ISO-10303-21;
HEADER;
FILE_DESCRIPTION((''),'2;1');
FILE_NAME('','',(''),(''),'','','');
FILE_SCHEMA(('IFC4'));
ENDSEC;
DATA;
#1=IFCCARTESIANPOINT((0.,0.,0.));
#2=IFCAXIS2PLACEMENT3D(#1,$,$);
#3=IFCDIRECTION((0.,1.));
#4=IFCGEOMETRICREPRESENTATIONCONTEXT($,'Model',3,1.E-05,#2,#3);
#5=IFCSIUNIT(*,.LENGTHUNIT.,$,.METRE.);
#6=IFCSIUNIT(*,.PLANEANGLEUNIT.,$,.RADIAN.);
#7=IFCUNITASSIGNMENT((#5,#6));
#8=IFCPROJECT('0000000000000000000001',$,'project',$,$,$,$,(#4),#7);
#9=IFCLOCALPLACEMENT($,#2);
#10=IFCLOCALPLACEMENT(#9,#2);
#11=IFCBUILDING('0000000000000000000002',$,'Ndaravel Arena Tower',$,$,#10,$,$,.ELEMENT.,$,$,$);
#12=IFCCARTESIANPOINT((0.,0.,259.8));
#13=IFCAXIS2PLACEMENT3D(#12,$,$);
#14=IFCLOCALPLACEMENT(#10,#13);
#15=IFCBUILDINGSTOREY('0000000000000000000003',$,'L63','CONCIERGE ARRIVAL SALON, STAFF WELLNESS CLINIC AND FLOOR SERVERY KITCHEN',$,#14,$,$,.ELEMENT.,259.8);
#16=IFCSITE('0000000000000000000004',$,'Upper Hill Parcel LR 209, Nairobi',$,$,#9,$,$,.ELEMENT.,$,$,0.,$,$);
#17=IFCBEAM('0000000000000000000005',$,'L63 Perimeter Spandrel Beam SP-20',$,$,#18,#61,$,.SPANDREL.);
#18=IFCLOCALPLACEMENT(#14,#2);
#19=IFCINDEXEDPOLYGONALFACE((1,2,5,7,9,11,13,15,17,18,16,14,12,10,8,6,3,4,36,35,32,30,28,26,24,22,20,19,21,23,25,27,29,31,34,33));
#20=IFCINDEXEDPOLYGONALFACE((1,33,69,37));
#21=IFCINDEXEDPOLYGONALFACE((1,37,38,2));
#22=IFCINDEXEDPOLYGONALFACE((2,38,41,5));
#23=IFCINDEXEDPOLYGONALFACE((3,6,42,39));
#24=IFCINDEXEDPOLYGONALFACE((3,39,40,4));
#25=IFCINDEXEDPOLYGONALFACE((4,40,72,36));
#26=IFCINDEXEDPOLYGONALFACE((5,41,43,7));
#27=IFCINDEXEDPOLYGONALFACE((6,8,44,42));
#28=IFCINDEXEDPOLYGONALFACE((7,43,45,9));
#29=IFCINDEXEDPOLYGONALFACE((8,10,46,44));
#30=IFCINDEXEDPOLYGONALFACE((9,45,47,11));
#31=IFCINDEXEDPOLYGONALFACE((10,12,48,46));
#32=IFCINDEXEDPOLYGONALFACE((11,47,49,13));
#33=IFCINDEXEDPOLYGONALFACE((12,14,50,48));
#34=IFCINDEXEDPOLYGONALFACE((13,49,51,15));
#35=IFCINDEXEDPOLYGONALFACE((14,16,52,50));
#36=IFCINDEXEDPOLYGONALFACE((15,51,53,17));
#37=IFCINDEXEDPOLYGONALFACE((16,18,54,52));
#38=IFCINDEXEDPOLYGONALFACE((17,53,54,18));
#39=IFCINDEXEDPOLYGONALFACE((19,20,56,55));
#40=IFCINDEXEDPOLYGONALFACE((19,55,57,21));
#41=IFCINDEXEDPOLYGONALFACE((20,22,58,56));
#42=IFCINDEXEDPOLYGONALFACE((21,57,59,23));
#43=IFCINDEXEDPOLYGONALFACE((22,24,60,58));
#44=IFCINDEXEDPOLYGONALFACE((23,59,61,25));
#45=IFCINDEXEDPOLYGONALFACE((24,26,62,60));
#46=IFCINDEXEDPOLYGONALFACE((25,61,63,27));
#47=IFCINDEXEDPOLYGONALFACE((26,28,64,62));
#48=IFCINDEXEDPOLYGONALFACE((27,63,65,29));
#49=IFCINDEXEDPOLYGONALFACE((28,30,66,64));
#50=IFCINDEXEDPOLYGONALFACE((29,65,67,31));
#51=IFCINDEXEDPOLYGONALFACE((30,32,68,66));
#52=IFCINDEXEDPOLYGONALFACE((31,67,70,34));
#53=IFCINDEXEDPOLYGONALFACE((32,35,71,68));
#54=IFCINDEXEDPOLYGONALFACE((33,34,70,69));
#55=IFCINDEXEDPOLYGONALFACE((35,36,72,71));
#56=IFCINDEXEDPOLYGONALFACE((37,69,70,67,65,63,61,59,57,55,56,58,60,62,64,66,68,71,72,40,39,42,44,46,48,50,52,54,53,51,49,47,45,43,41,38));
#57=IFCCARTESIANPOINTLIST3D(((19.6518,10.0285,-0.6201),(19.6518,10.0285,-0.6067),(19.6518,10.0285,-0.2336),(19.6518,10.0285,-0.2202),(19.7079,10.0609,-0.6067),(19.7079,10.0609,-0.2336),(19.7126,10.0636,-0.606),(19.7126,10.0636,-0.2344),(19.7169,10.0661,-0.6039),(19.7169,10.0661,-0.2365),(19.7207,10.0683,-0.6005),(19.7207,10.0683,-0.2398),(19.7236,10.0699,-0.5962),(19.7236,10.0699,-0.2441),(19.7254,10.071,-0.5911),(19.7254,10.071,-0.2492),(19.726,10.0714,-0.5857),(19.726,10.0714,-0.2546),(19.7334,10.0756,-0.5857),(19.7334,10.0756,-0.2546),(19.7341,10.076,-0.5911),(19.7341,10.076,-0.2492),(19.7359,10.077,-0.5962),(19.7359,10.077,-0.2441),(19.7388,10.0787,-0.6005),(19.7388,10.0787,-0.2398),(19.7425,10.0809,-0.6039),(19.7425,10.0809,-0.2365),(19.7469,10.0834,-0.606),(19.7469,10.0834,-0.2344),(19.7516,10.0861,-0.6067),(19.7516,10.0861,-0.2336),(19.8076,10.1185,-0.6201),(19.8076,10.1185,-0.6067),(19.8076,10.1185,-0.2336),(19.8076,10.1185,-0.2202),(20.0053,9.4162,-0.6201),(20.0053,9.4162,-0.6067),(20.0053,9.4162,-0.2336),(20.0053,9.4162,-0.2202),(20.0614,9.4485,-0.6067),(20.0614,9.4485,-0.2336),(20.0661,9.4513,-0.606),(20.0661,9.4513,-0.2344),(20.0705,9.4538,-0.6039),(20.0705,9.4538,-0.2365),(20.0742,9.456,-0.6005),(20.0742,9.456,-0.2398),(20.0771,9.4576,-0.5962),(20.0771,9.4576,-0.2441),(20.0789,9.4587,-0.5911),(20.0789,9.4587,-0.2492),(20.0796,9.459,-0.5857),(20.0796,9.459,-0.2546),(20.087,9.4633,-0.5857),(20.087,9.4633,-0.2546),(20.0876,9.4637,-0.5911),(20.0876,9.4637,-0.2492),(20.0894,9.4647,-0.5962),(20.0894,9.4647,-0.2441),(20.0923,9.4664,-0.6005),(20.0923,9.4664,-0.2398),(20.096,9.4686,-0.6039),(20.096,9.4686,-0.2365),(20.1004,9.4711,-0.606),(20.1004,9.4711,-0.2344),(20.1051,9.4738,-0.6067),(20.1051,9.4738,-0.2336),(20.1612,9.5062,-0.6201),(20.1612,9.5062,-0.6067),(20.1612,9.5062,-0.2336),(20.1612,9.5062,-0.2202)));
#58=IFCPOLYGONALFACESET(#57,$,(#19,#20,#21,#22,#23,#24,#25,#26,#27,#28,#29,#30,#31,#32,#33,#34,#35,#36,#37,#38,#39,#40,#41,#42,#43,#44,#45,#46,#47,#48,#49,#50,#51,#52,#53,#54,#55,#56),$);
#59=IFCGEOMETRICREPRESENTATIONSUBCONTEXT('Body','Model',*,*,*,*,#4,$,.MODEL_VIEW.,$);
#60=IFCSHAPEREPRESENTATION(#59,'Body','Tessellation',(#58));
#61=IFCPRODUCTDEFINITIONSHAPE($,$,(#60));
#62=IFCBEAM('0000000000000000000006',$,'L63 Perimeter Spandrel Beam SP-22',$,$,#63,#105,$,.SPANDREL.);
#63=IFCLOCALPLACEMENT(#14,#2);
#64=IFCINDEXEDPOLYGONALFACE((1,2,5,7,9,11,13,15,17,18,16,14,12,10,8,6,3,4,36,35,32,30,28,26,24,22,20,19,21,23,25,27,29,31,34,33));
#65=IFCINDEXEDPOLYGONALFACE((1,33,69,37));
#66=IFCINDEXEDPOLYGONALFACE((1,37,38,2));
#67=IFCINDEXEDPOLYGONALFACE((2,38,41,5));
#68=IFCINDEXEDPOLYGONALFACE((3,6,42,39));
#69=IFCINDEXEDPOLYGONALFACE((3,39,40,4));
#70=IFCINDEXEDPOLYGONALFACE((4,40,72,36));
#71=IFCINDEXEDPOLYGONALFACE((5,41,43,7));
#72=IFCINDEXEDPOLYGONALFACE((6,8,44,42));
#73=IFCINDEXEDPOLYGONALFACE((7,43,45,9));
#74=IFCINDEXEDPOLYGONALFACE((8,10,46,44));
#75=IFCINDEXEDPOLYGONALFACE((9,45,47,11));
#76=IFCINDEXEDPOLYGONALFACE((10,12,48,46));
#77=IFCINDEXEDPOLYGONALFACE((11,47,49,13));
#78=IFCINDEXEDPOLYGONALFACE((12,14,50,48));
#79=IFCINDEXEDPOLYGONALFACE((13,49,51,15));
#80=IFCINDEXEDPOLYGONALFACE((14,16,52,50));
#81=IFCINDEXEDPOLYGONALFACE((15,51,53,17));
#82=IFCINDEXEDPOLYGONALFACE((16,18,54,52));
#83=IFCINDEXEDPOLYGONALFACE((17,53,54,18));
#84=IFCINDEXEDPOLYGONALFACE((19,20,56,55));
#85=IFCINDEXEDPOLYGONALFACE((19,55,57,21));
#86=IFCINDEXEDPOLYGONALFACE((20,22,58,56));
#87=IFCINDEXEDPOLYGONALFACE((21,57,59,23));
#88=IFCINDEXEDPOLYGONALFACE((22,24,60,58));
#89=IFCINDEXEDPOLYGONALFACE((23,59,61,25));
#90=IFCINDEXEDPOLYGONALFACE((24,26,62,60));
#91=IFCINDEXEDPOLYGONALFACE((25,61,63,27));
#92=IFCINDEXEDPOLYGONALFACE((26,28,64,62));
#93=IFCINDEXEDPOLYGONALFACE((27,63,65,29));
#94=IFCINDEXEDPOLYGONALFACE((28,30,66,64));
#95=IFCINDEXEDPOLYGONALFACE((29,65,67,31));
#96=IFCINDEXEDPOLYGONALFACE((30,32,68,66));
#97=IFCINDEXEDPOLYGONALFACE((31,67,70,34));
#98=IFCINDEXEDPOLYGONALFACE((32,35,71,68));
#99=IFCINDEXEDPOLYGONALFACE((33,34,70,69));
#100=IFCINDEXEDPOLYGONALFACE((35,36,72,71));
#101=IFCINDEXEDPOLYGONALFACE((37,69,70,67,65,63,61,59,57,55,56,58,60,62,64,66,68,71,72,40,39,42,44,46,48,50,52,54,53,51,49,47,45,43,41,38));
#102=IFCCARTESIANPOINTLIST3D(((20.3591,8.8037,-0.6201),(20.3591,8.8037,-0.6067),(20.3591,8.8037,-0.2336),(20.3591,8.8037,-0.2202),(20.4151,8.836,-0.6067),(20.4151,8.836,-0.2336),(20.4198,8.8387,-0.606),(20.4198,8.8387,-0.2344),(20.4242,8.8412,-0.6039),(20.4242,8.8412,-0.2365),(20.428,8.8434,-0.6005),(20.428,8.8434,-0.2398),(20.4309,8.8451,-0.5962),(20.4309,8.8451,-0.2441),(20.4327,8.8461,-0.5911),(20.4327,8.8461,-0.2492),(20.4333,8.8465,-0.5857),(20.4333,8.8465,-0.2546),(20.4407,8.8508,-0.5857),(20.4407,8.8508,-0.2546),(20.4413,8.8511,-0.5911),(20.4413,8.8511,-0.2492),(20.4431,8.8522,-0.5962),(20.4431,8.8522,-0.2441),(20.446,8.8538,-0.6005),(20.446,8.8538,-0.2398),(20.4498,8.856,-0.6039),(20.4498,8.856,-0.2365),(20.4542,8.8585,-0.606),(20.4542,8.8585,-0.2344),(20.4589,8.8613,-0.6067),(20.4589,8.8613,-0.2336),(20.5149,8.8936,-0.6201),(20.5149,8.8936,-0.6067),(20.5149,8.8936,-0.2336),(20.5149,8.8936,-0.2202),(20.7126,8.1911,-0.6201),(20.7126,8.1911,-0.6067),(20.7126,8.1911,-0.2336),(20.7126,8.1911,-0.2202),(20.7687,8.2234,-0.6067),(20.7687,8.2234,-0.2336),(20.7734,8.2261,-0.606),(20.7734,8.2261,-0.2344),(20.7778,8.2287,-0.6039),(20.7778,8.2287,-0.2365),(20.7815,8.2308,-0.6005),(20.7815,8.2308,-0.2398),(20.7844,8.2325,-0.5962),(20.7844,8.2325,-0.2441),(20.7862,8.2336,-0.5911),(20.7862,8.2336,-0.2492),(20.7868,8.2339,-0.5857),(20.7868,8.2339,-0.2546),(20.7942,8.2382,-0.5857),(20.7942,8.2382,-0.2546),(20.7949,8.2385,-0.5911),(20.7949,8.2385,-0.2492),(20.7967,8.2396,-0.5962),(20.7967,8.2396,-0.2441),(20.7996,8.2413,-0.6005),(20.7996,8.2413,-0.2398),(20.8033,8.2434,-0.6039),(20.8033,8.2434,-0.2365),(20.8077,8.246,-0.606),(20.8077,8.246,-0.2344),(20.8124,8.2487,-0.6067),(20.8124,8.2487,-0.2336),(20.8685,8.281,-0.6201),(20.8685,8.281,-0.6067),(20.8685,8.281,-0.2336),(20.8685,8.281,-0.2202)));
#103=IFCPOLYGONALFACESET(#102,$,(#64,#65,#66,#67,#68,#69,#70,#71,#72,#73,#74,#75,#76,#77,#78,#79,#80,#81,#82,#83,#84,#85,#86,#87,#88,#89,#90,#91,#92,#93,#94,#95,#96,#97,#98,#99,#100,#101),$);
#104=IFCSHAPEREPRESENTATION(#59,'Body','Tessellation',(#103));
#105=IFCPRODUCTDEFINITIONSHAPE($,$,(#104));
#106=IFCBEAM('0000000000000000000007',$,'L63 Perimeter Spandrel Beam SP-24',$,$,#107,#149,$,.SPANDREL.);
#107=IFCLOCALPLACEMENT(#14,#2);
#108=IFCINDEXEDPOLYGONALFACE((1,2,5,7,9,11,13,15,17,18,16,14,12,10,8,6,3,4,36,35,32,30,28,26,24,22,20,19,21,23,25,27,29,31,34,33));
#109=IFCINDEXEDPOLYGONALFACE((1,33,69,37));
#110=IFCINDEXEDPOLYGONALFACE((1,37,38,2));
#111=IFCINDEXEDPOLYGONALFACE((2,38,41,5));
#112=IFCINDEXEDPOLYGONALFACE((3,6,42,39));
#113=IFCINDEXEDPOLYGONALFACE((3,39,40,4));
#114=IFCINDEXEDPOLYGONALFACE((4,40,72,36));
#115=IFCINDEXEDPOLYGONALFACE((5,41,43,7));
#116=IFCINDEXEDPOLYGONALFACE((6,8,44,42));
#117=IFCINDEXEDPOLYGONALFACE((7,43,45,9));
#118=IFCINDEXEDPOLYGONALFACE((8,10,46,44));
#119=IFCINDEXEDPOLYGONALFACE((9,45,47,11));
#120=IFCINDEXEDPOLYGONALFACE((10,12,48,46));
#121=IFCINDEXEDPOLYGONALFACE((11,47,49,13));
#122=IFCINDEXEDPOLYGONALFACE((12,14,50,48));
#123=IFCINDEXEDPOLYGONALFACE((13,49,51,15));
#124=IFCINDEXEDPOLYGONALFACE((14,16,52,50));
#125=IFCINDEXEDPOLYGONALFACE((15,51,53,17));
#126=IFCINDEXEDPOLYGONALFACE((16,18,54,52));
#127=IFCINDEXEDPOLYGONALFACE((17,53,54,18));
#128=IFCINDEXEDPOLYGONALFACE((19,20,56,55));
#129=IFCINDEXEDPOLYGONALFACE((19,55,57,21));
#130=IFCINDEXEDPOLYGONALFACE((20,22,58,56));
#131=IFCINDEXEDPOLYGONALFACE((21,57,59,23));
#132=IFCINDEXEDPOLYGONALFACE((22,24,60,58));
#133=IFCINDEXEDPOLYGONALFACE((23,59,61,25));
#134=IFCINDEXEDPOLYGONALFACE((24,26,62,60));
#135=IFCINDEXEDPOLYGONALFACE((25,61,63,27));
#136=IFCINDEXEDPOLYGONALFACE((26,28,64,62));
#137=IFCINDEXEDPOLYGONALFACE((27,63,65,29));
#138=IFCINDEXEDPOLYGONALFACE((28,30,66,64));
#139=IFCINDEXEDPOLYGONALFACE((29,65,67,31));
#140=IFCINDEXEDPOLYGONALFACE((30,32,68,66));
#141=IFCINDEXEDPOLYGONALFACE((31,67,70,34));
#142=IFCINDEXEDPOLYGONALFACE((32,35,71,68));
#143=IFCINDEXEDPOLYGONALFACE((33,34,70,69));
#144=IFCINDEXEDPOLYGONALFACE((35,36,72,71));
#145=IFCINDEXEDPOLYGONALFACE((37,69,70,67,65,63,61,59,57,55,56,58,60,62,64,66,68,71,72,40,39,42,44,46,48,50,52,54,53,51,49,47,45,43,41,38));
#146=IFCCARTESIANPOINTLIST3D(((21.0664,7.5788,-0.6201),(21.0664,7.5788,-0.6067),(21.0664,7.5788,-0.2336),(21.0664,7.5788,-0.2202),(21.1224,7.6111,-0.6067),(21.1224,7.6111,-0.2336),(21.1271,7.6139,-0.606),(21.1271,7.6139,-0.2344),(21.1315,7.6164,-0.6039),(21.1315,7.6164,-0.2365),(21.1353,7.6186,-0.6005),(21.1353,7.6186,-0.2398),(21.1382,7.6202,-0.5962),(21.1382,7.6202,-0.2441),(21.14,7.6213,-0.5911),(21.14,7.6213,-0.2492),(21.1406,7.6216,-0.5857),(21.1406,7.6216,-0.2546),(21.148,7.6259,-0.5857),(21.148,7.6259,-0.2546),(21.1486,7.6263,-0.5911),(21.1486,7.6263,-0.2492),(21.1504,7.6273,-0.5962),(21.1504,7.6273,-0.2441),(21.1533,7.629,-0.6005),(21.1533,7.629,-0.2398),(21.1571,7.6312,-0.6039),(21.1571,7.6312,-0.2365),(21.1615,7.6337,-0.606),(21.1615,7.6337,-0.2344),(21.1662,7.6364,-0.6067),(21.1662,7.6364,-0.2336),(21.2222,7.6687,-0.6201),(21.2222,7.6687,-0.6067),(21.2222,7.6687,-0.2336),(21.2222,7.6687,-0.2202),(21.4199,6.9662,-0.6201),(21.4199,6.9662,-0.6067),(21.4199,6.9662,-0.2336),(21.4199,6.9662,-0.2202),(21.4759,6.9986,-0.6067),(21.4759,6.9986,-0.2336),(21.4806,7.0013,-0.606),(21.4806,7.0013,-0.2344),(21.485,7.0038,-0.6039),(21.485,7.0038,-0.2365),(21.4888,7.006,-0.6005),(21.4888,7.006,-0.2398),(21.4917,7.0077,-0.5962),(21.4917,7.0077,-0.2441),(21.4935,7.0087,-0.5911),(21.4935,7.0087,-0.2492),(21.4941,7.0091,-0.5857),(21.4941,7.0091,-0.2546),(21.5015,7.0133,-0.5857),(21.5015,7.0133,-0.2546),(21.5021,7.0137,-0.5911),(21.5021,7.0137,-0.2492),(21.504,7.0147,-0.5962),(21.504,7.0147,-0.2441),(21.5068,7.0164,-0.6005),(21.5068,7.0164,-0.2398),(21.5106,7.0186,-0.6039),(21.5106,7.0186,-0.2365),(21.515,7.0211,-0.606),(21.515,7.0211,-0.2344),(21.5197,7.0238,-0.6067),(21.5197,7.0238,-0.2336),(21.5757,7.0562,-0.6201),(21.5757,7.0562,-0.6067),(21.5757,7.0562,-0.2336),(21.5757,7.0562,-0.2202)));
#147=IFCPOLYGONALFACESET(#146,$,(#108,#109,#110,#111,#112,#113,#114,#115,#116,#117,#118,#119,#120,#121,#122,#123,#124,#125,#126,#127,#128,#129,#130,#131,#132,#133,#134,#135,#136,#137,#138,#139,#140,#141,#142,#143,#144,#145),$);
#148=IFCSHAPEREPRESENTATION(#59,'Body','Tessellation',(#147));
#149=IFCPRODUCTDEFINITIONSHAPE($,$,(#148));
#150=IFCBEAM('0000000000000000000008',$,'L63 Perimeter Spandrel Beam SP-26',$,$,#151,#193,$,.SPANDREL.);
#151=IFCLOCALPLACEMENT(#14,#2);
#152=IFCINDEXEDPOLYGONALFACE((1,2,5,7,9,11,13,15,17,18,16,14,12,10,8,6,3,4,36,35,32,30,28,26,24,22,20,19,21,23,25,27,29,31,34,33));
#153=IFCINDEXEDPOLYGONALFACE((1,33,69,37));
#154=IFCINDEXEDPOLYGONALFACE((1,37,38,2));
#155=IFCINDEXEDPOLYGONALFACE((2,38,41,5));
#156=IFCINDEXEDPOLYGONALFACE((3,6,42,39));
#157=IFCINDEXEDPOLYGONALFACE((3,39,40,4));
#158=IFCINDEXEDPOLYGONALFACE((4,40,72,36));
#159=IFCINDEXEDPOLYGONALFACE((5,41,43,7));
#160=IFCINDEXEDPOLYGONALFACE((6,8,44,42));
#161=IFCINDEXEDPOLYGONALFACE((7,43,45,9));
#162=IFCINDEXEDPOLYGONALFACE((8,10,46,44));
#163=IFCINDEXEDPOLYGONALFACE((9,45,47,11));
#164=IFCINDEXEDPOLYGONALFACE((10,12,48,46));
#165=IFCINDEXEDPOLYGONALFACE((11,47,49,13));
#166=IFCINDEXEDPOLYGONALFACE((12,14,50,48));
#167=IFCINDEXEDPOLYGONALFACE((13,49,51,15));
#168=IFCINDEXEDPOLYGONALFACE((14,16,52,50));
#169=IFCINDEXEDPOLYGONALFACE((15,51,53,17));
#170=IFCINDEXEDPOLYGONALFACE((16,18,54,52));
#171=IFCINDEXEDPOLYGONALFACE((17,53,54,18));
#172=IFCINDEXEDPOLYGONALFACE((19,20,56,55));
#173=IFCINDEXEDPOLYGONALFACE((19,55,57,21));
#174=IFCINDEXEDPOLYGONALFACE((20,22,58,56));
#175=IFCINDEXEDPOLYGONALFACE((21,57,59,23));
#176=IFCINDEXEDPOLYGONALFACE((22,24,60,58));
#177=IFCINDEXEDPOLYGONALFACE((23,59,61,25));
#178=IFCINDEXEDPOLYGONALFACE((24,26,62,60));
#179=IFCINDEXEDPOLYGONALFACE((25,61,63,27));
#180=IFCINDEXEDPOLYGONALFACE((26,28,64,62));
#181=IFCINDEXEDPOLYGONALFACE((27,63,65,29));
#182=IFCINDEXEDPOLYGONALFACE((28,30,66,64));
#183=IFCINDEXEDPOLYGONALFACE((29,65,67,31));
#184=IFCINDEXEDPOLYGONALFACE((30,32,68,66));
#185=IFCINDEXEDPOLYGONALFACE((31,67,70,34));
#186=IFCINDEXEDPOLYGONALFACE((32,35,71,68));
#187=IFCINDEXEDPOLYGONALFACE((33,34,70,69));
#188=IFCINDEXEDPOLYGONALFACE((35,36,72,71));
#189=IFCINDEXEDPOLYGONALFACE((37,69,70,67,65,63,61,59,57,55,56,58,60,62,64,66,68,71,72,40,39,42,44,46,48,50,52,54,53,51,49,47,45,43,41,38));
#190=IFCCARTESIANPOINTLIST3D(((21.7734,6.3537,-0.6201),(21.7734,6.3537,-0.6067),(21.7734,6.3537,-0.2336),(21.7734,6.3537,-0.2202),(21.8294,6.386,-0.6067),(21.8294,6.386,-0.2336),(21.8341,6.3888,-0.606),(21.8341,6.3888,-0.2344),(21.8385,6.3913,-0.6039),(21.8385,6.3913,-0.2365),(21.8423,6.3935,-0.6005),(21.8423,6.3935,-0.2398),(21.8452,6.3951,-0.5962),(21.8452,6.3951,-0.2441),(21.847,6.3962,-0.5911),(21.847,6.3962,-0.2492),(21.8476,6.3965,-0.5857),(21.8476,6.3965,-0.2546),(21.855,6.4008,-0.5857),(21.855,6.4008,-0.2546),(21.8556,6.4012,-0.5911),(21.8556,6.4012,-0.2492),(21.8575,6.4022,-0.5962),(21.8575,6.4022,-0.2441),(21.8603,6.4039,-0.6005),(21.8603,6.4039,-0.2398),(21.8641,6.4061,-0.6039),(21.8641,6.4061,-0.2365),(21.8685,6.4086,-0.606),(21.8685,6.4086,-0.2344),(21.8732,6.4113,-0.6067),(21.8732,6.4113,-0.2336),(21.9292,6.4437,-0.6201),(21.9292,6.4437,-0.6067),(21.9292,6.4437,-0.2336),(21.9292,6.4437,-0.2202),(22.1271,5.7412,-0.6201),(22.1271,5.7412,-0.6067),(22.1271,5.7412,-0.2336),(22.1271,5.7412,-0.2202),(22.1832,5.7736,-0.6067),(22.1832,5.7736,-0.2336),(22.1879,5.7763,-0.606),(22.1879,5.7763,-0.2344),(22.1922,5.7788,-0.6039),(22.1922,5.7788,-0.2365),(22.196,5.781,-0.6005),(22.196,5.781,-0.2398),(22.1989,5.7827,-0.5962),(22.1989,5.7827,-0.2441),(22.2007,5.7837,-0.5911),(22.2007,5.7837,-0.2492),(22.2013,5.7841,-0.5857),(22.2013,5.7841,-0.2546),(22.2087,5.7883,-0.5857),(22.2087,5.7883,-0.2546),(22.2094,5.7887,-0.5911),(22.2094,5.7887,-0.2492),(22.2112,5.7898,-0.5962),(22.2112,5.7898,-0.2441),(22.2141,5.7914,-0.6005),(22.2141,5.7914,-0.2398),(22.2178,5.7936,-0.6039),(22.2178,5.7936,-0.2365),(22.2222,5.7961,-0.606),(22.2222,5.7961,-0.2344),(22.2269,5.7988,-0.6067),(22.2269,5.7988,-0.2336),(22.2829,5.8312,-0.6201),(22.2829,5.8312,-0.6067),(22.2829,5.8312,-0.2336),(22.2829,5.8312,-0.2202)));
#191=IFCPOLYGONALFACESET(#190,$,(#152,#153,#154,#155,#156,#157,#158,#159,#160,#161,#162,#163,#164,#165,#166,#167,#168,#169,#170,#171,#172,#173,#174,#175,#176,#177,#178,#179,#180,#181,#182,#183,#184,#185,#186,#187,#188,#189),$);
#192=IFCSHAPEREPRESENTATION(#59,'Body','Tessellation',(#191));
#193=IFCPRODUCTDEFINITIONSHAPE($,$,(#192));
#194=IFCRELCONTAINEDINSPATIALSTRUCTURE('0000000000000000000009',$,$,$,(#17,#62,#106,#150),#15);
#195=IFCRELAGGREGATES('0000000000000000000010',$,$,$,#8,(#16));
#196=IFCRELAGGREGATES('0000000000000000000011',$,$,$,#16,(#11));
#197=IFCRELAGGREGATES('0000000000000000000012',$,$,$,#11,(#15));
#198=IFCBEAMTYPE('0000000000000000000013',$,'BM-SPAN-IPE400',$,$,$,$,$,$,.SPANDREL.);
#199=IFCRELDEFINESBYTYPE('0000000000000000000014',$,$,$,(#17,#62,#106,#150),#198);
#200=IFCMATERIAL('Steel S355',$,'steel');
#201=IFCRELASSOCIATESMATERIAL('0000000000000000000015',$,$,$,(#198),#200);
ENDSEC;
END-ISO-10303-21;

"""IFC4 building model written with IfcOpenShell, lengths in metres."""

from ifc_helpers import new_model, si_unit, direction, frame, origin, origin_2d, place, context, subcontext, project, spatial, i_section, extrude, material, material_profile, profile_set, type_object, element, save


model = new_model("IFC4")

# Units and contexts
model_context = context("Model", 3, precision=1e-05, world=origin(), true_north=direction((0.0, 1.0)))
body_context = subcontext(model_context, "Body", "Model", "MODEL_VIEW")
ifc_project = project(units=[si_unit("LENGTHUNIT", "METRE"), si_unit("PLANEANGLEUNIT", "RADIAN")], contexts=[model_context])

# Site, building, storey
site_placement = place(None, origin())
site = spatial("IfcSite", under=ifc_project, at=site_placement, Name="Upper Hill Parcel LR 209, Nairobi", CompositionType="ELEMENT", RefElevation=0.0)
building_placement = place(site_placement, origin())
building = spatial("IfcBuilding", under=site, at=building_placement, Name="Ndaravel Arena Tower", CompositionType="ELEMENT")
storey_placement = place(building_placement, frame((0.0, 0.0, 259.8)))
storey = spatial("IfcBuildingStorey", under=building, at=storey_placement, Name="L63", Description="CONCIERGE ARRIVAL SALON, STAFF WELLNESS CLINIC AND FLOOR SERVERY KITCHEN", CompositionType="ELEMENT", Elevation=259.8)

# Beams
ifc_material_1 = material(Name="Steel S355", Category="steel")
ifc_material_profile_1 = material_profile(ifc_material_1, i_section(OverallWidth=0.1799, OverallDepth=0.3999, WebThickness=0.0085, FlangeThickness=0.0134, FilletRadius=0.021, at=origin_2d()), Name="IPE 400")
ifc_profile_set_1 = profile_set([ifc_material_profile_1], Name="Steel S355")
beam_type = type_object("IfcBeamType", Name="BM-SPAN-IPE400", PredefinedType="SPANDREL", material=ifc_profile_set_1)
beam_1_placement = place(storey_placement, frame((19.7297, 10.0735, -0.4202), z_axis=(0.500001, -0.866025, 0.0), x_axis=(0.866025, 0.500001, 0.0)))
element("IfcBeam", 1, at=beam_1_placement, inside=storey, type_object=beam_type, Name="L63 Perimeter Spandrel Beam SP-20", PredefinedType="SPANDREL", context=body_context, shape_type="SweptSolid", body=[
    extrude(i_section(OverallWidth=0.1799, OverallDepth=0.3999, WebThickness=0.0085, FlangeThickness=0.0134, FilletRadius=0.021, at=origin_2d()), origin(), (0.0, 0.0, 1.0), 0.707),
])
for number, where, z_axis, x_axis, name in (
    (2, (20.437, 8.8486, -0.4202), (0.499852, -0.866111, 0.0), (0.866111, 0.499852, 0.0), "L63 Perimeter Spandrel Beam SP-22"),
    (3, (21.1443, 7.6238, -0.4202), (0.499852, -0.866111, 0.0), (0.866111, 0.499852, 0.0), "L63 Perimeter Spandrel Beam SP-24"),
    (4, (21.8513, 6.3987, -0.4202), (0.500111, -0.865961, 0.0), (0.865961, 0.500111, 0.0), "L63 Perimeter Spandrel Beam SP-26"),
):
    element("IfcBeam", number, at=place(storey_placement, frame(where, z_axis=z_axis, x_axis=x_axis)), inside=storey, type_object=beam_type, Name=name, PredefinedType="SPANDREL", context=body_context, shape_type="SweptSolid", body=[
        extrude(i_section(OverallWidth=0.1799, OverallDepth=0.3999, WebThickness=0.0085, FlangeThickness=0.0134, FilletRadius=0.021, at=origin_2d()), origin(), (0.0, 0.0, 1.0), 0.7073),
    ])

save(model, "model.ifc")
